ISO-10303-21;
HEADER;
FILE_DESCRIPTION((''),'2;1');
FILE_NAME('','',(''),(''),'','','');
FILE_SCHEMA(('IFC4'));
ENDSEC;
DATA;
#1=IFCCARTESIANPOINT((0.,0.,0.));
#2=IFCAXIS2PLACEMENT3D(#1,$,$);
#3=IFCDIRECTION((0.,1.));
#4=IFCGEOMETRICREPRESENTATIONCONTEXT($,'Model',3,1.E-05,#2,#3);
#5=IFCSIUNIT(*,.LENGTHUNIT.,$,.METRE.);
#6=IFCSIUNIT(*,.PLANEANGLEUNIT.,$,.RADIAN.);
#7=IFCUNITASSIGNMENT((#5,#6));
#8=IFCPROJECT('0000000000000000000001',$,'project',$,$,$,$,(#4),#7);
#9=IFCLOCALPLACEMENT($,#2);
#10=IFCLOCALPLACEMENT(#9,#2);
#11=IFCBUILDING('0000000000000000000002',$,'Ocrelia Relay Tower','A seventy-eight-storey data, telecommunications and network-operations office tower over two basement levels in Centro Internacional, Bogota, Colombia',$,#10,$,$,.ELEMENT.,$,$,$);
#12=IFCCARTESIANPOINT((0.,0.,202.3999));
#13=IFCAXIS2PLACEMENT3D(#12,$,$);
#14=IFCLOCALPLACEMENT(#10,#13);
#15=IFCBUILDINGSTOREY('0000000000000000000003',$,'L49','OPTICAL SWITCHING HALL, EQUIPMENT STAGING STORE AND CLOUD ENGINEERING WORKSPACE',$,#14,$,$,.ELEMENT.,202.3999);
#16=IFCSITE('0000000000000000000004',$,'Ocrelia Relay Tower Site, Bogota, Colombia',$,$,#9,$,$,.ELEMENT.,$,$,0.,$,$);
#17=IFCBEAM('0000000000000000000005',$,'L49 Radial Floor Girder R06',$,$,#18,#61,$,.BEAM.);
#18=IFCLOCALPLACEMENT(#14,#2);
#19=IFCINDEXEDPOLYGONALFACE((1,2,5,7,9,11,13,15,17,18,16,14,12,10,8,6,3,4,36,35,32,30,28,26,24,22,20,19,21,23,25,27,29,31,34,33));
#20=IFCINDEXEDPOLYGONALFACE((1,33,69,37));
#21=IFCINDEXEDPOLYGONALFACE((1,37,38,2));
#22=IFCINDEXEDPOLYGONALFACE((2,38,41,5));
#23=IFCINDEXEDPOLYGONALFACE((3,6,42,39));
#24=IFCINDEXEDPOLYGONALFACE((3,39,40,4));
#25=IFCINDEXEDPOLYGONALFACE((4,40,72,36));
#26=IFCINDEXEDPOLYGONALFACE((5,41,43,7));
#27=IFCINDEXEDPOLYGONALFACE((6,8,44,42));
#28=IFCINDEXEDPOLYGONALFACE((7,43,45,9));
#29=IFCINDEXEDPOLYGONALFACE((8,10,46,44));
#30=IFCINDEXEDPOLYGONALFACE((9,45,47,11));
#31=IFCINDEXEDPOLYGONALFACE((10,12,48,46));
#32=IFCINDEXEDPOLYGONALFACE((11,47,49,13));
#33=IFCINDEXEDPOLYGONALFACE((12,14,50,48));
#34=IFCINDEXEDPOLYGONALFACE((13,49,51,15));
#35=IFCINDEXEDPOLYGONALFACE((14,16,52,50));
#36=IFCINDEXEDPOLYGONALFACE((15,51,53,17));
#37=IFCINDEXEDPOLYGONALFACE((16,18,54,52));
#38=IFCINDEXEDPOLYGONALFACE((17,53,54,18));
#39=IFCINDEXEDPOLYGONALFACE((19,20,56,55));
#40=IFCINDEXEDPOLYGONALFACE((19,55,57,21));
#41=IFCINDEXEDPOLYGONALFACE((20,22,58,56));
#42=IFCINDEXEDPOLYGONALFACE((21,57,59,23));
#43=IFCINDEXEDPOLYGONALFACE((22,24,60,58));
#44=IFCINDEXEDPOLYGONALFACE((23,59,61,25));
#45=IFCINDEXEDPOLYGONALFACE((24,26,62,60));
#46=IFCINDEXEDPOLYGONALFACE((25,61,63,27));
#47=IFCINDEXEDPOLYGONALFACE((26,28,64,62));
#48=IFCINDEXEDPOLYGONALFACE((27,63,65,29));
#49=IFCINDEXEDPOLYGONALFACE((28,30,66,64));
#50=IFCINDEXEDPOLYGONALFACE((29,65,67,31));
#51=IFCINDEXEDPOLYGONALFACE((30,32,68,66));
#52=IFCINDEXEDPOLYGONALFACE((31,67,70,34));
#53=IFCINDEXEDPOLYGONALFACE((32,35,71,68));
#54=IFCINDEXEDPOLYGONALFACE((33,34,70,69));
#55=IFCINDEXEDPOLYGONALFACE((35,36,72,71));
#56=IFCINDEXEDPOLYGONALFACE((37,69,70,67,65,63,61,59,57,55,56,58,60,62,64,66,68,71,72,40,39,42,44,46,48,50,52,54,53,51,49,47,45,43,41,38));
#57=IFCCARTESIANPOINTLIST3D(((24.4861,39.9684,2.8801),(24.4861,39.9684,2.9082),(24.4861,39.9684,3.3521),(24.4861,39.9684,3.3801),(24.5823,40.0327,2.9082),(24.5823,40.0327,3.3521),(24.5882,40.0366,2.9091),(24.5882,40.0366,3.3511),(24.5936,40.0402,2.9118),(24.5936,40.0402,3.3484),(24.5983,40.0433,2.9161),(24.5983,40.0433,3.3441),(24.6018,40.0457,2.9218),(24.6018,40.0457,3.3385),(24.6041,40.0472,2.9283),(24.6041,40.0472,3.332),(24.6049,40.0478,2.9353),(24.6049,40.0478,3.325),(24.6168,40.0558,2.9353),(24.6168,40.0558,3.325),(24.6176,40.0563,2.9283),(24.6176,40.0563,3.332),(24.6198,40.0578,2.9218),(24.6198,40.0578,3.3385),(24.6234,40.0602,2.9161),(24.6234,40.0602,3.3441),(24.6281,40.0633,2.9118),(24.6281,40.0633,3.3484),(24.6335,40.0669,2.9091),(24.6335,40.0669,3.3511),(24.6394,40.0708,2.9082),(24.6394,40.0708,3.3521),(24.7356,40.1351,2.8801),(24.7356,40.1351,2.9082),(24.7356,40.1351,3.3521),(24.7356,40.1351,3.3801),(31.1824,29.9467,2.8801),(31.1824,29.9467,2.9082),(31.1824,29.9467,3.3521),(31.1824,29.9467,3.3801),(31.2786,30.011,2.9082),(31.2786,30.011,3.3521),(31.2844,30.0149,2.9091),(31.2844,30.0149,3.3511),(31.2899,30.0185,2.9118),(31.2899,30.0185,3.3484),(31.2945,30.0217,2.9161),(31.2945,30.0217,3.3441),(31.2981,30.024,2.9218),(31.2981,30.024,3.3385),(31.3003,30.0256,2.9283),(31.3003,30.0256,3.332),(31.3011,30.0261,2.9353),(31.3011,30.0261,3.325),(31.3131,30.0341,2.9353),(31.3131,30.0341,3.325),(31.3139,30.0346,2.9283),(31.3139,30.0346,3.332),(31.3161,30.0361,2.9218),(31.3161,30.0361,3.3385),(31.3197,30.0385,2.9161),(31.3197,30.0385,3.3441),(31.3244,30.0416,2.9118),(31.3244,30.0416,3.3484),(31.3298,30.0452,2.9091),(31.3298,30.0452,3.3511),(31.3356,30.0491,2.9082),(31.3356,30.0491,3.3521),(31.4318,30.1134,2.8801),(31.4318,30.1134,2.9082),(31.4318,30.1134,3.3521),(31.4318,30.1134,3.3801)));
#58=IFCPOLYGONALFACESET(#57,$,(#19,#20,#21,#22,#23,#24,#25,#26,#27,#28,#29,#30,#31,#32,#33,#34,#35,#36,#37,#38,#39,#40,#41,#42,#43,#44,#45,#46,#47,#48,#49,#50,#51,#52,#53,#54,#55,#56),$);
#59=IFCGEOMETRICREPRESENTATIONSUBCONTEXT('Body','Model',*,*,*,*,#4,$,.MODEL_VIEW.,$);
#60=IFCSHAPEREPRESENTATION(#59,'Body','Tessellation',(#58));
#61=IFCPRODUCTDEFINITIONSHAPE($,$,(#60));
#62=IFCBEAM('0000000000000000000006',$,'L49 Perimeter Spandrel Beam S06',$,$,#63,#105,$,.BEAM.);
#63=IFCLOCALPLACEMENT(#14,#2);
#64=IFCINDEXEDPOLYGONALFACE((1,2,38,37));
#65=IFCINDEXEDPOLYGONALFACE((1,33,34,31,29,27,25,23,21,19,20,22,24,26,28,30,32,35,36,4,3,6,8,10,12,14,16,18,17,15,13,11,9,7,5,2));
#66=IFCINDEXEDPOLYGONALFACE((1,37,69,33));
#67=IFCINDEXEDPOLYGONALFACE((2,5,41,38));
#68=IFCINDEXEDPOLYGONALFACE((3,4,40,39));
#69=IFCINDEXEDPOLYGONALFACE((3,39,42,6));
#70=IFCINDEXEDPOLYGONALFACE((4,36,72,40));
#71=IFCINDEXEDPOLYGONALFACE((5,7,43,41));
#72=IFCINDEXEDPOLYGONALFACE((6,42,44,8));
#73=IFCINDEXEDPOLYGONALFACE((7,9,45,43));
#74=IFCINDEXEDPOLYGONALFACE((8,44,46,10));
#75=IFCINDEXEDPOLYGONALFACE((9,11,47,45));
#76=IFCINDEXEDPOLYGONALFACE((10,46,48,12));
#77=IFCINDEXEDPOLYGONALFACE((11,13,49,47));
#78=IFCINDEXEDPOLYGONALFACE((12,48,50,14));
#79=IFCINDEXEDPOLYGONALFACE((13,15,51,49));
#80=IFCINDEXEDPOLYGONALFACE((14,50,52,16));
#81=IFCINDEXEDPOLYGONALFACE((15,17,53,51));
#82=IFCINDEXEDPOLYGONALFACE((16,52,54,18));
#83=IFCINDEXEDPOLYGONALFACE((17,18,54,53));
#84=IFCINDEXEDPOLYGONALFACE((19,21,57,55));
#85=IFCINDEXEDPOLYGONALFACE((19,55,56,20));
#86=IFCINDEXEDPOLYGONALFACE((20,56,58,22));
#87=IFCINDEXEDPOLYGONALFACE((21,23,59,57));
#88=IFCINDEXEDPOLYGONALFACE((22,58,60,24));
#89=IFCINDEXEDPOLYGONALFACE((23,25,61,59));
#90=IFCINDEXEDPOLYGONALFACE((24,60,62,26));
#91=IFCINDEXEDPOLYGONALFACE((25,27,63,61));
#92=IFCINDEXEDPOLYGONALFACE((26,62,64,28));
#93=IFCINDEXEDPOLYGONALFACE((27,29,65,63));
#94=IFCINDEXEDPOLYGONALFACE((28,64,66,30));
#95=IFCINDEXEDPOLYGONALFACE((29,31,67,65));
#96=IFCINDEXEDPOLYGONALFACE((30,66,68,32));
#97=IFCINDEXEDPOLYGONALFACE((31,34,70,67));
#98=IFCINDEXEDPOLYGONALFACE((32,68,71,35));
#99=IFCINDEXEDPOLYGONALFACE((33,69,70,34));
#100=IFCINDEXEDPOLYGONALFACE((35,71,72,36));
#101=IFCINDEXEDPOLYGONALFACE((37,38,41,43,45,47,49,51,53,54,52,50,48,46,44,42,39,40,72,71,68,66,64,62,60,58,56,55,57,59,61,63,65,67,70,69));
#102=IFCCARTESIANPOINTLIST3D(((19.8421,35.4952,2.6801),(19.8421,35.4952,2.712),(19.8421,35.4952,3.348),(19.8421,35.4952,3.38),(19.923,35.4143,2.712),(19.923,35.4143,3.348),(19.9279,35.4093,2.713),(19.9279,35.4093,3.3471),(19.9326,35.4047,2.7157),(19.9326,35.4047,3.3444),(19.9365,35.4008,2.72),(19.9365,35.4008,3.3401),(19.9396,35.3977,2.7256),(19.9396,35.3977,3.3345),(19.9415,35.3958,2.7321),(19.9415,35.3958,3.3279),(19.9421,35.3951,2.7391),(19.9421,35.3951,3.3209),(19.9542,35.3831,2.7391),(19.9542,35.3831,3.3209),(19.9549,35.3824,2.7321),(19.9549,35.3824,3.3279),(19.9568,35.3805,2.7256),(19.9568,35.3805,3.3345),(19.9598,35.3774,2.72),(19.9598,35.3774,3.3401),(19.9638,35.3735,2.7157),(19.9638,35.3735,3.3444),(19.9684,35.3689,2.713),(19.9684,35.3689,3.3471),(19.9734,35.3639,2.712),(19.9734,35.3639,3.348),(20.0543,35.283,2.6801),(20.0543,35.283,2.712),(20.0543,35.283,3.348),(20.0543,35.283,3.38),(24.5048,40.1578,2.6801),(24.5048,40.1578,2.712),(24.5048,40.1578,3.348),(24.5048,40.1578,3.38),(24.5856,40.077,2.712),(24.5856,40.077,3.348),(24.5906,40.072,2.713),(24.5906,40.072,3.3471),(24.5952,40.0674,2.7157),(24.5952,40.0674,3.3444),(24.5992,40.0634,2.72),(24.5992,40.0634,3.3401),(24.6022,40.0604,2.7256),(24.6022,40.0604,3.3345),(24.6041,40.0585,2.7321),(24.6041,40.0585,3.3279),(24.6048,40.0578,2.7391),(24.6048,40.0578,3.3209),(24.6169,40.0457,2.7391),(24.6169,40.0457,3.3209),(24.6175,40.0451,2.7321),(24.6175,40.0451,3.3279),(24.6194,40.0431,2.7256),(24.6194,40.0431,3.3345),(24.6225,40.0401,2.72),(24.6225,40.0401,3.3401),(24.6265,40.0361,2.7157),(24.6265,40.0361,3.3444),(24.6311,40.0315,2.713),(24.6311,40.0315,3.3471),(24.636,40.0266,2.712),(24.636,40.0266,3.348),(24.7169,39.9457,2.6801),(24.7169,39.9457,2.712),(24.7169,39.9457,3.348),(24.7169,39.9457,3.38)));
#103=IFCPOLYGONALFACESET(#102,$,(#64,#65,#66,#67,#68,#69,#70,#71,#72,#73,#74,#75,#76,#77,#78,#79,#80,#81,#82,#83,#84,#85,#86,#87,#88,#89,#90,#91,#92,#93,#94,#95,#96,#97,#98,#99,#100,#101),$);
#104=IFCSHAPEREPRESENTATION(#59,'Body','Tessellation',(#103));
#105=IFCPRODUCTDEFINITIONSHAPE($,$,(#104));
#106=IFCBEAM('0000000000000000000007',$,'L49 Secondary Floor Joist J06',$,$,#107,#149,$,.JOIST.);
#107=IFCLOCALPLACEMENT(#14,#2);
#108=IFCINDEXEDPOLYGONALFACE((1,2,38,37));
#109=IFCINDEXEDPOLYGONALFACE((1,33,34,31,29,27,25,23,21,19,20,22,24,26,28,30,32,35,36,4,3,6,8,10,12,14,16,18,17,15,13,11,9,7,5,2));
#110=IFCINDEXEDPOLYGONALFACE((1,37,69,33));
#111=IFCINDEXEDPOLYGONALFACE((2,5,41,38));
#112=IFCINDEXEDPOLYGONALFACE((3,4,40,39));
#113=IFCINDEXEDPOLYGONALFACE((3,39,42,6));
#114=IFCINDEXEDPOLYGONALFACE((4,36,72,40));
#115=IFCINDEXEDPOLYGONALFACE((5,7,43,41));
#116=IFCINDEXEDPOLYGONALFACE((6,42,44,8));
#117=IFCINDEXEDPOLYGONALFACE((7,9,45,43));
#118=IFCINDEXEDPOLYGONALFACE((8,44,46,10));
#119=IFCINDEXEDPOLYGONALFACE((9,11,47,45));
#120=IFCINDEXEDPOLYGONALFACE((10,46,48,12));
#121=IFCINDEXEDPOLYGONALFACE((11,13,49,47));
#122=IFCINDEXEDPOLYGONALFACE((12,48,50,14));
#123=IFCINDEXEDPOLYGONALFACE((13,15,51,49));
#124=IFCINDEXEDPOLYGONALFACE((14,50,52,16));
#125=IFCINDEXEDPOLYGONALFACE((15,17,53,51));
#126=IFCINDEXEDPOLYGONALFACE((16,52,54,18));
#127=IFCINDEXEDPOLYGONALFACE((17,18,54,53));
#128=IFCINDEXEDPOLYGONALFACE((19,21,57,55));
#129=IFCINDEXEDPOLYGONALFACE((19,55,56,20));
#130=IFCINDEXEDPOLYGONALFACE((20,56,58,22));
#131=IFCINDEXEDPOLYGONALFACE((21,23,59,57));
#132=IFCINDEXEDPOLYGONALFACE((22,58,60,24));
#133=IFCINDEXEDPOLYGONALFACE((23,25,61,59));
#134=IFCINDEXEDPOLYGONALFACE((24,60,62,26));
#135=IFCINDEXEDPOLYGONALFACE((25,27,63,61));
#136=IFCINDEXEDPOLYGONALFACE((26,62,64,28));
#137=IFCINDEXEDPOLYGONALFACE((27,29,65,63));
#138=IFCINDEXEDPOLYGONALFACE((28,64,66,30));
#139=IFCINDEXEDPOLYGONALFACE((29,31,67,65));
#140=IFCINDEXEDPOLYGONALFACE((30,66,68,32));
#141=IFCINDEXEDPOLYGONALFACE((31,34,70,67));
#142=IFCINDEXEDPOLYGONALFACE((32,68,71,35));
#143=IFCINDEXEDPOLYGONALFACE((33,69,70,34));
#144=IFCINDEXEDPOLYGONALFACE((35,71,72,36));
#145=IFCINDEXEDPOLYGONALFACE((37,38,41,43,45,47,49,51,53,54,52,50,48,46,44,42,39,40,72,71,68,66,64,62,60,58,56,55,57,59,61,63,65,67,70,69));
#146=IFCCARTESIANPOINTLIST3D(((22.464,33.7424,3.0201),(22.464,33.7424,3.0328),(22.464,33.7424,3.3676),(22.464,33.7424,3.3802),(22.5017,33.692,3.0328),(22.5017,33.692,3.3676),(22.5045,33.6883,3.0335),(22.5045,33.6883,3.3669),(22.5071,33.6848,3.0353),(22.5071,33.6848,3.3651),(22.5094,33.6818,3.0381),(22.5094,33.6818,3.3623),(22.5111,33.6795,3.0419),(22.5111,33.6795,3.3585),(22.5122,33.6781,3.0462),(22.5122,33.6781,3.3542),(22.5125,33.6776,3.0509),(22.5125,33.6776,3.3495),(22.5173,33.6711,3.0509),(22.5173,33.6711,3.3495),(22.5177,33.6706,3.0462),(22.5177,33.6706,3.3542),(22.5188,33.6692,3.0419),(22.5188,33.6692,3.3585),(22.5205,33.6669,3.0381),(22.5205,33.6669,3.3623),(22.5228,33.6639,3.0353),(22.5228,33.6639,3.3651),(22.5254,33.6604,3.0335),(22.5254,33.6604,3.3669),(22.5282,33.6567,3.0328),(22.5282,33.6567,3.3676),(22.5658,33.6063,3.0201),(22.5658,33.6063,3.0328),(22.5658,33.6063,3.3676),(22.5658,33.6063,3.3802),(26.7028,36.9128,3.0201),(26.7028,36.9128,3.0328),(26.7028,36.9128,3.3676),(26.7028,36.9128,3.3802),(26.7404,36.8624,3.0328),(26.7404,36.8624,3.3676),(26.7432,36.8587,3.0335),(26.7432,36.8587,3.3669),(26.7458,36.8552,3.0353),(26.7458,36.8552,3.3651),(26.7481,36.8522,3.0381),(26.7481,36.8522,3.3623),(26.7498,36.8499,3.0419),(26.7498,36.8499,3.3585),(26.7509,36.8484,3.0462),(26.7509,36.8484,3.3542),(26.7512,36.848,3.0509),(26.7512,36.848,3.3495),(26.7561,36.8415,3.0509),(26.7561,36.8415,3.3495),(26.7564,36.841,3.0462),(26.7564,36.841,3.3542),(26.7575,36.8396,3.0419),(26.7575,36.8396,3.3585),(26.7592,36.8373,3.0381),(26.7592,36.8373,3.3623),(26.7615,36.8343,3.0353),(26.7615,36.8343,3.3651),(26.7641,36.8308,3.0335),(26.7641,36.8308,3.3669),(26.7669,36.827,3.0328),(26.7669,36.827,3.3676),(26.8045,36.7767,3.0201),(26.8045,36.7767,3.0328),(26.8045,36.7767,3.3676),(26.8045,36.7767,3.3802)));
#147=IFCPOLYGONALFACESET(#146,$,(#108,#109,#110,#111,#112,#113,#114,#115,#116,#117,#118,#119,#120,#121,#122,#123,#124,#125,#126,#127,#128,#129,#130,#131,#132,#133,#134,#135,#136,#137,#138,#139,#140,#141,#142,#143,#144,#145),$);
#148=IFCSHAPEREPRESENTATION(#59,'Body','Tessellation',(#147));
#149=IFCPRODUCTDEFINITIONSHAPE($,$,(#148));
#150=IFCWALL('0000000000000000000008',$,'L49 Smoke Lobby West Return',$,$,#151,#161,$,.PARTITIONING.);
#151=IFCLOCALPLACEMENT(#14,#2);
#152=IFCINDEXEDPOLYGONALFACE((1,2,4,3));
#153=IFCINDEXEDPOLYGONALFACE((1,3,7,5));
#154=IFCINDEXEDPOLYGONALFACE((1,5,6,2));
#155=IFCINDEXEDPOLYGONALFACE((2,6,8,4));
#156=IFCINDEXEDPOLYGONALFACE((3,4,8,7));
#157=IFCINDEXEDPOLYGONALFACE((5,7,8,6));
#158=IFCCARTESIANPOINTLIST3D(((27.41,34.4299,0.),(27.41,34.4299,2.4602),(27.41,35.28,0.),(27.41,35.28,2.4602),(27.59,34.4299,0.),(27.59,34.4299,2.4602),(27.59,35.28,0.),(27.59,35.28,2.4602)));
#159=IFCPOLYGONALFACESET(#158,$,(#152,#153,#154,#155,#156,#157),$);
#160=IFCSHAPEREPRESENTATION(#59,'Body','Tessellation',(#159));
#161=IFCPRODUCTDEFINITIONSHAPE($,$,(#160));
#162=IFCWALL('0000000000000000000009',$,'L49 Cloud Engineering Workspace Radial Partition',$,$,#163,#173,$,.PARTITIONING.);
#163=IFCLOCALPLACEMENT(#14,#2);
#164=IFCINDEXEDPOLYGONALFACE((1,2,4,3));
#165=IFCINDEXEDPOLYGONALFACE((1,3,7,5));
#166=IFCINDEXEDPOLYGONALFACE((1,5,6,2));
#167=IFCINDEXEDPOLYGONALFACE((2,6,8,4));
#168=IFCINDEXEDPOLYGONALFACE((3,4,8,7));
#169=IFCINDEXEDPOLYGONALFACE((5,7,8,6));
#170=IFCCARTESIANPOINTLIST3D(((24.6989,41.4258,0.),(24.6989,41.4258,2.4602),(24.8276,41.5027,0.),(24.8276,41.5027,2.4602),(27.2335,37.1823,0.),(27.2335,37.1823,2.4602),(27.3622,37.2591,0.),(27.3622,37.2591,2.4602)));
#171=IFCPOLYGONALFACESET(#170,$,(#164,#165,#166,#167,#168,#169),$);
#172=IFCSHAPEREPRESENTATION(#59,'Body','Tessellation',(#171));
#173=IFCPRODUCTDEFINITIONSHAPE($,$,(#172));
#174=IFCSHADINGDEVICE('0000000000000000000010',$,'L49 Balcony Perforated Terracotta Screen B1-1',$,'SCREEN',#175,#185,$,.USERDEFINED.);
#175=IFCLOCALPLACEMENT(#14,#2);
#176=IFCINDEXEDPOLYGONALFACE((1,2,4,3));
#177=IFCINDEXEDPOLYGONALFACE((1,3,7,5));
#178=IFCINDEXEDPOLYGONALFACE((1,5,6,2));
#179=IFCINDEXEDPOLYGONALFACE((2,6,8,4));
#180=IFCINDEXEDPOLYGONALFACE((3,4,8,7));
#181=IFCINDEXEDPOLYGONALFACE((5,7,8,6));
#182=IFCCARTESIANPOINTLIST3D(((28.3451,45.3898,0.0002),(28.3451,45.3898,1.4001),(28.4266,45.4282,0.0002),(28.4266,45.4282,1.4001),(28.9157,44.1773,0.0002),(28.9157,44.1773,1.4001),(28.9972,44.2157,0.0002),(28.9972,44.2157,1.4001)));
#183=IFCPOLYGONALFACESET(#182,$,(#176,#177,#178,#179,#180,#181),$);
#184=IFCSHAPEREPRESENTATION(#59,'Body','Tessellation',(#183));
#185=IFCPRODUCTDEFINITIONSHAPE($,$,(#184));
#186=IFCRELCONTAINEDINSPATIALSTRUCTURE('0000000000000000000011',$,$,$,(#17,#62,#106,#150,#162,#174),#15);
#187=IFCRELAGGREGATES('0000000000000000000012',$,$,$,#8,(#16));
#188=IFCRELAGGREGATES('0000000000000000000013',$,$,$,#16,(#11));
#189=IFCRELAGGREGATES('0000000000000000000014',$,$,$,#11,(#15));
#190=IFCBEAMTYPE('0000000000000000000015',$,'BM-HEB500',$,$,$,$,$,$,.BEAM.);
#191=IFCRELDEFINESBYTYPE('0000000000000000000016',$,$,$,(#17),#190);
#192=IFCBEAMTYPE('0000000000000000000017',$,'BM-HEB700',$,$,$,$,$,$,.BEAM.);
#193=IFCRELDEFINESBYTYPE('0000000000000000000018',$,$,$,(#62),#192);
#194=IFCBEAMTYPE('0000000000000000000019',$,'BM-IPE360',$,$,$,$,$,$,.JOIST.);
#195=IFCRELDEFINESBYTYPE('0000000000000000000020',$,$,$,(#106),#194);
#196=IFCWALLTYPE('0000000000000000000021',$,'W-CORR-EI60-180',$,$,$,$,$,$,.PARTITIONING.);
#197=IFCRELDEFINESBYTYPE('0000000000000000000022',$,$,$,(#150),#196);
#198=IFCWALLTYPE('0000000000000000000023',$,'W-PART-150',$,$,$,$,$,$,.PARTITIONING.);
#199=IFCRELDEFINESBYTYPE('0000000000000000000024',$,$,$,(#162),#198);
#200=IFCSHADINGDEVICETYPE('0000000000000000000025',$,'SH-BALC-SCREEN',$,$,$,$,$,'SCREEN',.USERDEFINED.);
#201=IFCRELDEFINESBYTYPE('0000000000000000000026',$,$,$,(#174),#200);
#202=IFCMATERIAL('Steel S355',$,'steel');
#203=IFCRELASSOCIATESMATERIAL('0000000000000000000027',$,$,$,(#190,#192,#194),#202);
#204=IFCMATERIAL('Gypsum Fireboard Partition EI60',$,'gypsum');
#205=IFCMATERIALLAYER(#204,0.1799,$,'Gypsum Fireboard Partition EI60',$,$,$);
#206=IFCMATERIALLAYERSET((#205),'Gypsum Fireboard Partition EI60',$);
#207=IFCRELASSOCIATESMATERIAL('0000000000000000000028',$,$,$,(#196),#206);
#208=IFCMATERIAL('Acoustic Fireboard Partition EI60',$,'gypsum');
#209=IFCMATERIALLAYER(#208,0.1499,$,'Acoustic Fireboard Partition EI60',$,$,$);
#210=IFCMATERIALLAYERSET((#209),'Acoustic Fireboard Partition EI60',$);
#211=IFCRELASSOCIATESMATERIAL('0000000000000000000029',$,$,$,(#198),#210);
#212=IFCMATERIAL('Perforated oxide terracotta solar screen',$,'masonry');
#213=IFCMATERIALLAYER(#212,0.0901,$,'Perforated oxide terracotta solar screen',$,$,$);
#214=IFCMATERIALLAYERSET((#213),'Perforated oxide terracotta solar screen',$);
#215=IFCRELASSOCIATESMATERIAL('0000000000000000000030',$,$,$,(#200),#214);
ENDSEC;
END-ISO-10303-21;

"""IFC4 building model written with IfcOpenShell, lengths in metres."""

from ifc_helpers import new_model, si_unit, direction, frame, frame_2d, origin, origin_2d, place, context, subcontext, project, spatial, rectangle, i_section, extrude, material, layer, layer_set, material_profile, profile_set, type_object, element, save


model = new_model("IFC4")

# Units and contexts
model_context = context("Model", 3, precision=1e-05, world=origin(), true_north=direction((0.0, 1.0)))
body_context = subcontext(model_context, "Body", "Model", "MODEL_VIEW")
ifc_project = project(units=[si_unit("LENGTHUNIT", "METRE"), si_unit("PLANEANGLEUNIT", "RADIAN")], contexts=[model_context])

# Site, building, storey
site_placement = place(None, origin())
site = spatial("IfcSite", under=ifc_project, at=site_placement, Name="Ocrelia Relay Tower Site, Bogota, Colombia", CompositionType="ELEMENT", RefElevation=0.0)
building_placement = place(site_placement, origin())
building = spatial("IfcBuilding", under=site, at=building_placement, Name="Ocrelia Relay Tower", Description="A seventy-eight-storey data, telecommunications and network-operations office tower over two basement levels in Centro Internacional, Bogota, Colombia", CompositionType="ELEMENT")
storey_placement = place(building_placement, frame((0.0, 0.0, 202.3999)))
storey = spatial("IfcBuildingStorey", under=building, at=storey_placement, Name="L49", Description="OPTICAL SWITCHING HALL, EQUIPMENT STAGING STORE AND CLOUD ENGINEERING WORKSPACE", CompositionType="ELEMENT", Elevation=202.3999)

# Beams
ifc_material_1 = material(Name="Steel S355", Category="steel")
ifc_material_profile_1 = material_profile(ifc_material_1, i_section(OverallWidth=0.3, OverallDepth=0.5, WebThickness=0.0144, FlangeThickness=0.0281, FilletRadius=0.0271, at=origin_2d()), Name="HEB 500")
ifc_profile_set_1 = profile_set([ifc_material_profile_1], Name="Steel S355")
beam_type_1 = type_object("IfcBeamType", Name="BM-HEB500", PredefinedType="BEAM", material=ifc_profile_set_1)
beam_1_placement = place(storey_placement, frame((24.6108, 40.0518, 3.1301), z_axis=(0.555569, -0.83147, 0.0), x_axis=(0.83147, 0.555569, 0.0)))
element("IfcBeam", 1, at=beam_1_placement, inside=storey, type_object=beam_type_1, Name="L49 Radial Floor Girder R06", PredefinedType="BEAM", context=body_context, shape_type="SweptSolid", body=[
    extrude(i_section(OverallWidth=0.3, OverallDepth=0.5, WebThickness=0.0144, FlangeThickness=0.0281, FilletRadius=0.0271, at=origin_2d()), origin(), (0.0, 0.0, 1.0), 12.053),
])
ifc_material_profile_2 = material_profile(ifc_material_1, i_section(OverallWidth=0.3, OverallDepth=0.7, WebThickness=0.0171, FlangeThickness=0.032, FilletRadius=0.0271, at=origin_2d()), Name="HEB 700")
ifc_profile_set_2 = profile_set([ifc_material_profile_2], Name="Steel S355")
beam_type_2 = type_object("IfcBeamType", Name="BM-HEB700", PredefinedType="BEAM", material=ifc_profile_set_2)
beam_2_placement = place(storey_placement, frame((24.6108, 40.0518, 3.03), z_axis=(-0.707107, -0.707107, 0.0), x_axis=(0.707107, -0.707107, 0.0)))
element("IfcBeam", 2, at=beam_2_placement, inside=storey, type_object=beam_type_2, Name="L49 Perimeter Spandrel Beam S06", PredefinedType="BEAM", context=body_context, shape_type="SweptSolid", body=[
    extrude(i_section(OverallWidth=0.3, OverallDepth=0.7, WebThickness=0.0171, FlangeThickness=0.032, FilletRadius=0.0271, at=origin_2d()), origin(), (0.0, 0.0, 1.0), 6.594),
])
ifc_material_profile_3 = material_profile(ifc_material_1, i_section(OverallWidth=0.1699, OverallDepth=0.3601, WebThickness=0.0081, FlangeThickness=0.0127, FilletRadius=0.0181, at=origin_2d()), Name="IPE 360")
ifc_profile_set_3 = profile_set([ifc_material_profile_3], Name="Steel S355")
beam_type_3 = type_object("IfcBeamType", Name="BM-IPE360", PredefinedType="JOIST", material=ifc_profile_set_3)
beam_3_placement = place(storey_placement, frame((26.7537, 36.8447, 3.2002), z_axis=(-0.800785, -0.598952, 0.0), x_axis=(0.598952, -0.800785, 0.0)))
element("IfcBeam", 3, at=beam_3_placement, inside=storey, type_object=beam_type_3, Name="L49 Secondary Floor Joist J06", PredefinedType="JOIST", context=body_context, shape_type="SweptSolid", body=[
    extrude(i_section(OverallWidth=0.1699, OverallDepth=0.3601, WebThickness=0.0081, FlangeThickness=0.0127, FilletRadius=0.0181, at=origin_2d()), origin(), (0.0, 0.0, 1.0), 5.2932),
])

# Wall
ifc_material_2 = material(Name="Gypsum Fireboard Partition EI60", Category="gypsum")
ifc_layer_1 = layer(ifc_material_2, 0.1799, Name="Gypsum Fireboard Partition EI60")
ifc_layer_set_1 = layer_set([ifc_layer_1], Name="Gypsum Fireboard Partition EI60")
wall_type_1 = type_object("IfcWallType", Name="W-CORR-EI60-180", PredefinedType="PARTITIONING", material=ifc_layer_set_1)
wall_1_placement = place(storey_placement, frame((27.5, 34.4299, 0.0), z_axis=(0.0, 0.0, 1.0), x_axis=(0.0, 1.0, 0.0)))
element("IfcWall", 4, at=wall_1_placement, inside=storey, type_object=wall_type_1, Name="L49 Smoke Lobby West Return", PredefinedType="PARTITIONING", context=body_context, shape_type="SweptSolid", body=[
    extrude(rectangle(XDim=0.8501, YDim=0.1799, at=frame_2d((0.425, 0.0))), origin(), (0.0, 0.0, 1.0), 2.4602),
])

# Wall
ifc_material_3 = material(Name="Acoustic Fireboard Partition EI60", Category="gypsum")
ifc_layer_2 = layer(ifc_material_3, 0.1499, Name="Acoustic Fireboard Partition EI60")
ifc_layer_set_2 = layer_set([ifc_layer_2], Name="Acoustic Fireboard Partition EI60")
wall_type_2 = type_object("IfcWallType", Name="W-PART-150", PredefinedType="PARTITIONING", material=ifc_layer_set_2)
wall_2_placement = place(storey_placement, frame((27.2979, 37.2207, 0.0), z_axis=(0.0, 0.0, 1.0), x_axis=(-0.512781, 0.85852, 0.0)))
element("IfcWall", 5, at=wall_2_placement, inside=storey, type_object=wall_type_2, Name="L49 Cloud Engineering Workspace Radial Partition", PredefinedType="PARTITIONING", context=body_context, shape_type="SweptSolid", body=[
    extrude(rectangle(XDim=4.9429, YDim=0.1499, at=frame_2d((2.4714, 0.0))), origin(), (0.0, 0.0, 1.0), 2.4602),
])

# Shading device
ifc_material_4 = material(Name="Perforated oxide terracotta solar screen", Category="masonry")
ifc_layer_3 = layer(ifc_material_4, 0.0901, Name="Perforated oxide terracotta solar screen")
ifc_layer_set_3 = layer_set([ifc_layer_3], Name="Perforated oxide terracotta solar screen")
shading_device_type_1 = type_object("IfcShadingDeviceType", Name="SH-BALC-SCREEN", ElementType="SCREEN", PredefinedType="USERDEFINED", material=ifc_layer_set_3)
shading_device_1_placement = place(storey_placement, frame((28.6711, 44.8027, 0.0002), z_axis=(0.0, 0.0, 1.0), x_axis=(-0.425845, 0.904796, 0.0)))
element("IfcShadingDevice", 6, at=shading_device_1_placement, inside=storey, type_object=shading_device_type_1, Name="L49 Balcony Perforated Terracotta Screen B1-1", ObjectType="SCREEN", PredefinedType="USERDEFINED", context=body_context, shape_type="SweptSolid", body=[
    extrude(rectangle(XDim=1.3401, YDim=0.0901, at=origin_2d()), origin(), (0.0, 0.0, 1.0), 1.3999),
])

save(model, "model.ifc")
